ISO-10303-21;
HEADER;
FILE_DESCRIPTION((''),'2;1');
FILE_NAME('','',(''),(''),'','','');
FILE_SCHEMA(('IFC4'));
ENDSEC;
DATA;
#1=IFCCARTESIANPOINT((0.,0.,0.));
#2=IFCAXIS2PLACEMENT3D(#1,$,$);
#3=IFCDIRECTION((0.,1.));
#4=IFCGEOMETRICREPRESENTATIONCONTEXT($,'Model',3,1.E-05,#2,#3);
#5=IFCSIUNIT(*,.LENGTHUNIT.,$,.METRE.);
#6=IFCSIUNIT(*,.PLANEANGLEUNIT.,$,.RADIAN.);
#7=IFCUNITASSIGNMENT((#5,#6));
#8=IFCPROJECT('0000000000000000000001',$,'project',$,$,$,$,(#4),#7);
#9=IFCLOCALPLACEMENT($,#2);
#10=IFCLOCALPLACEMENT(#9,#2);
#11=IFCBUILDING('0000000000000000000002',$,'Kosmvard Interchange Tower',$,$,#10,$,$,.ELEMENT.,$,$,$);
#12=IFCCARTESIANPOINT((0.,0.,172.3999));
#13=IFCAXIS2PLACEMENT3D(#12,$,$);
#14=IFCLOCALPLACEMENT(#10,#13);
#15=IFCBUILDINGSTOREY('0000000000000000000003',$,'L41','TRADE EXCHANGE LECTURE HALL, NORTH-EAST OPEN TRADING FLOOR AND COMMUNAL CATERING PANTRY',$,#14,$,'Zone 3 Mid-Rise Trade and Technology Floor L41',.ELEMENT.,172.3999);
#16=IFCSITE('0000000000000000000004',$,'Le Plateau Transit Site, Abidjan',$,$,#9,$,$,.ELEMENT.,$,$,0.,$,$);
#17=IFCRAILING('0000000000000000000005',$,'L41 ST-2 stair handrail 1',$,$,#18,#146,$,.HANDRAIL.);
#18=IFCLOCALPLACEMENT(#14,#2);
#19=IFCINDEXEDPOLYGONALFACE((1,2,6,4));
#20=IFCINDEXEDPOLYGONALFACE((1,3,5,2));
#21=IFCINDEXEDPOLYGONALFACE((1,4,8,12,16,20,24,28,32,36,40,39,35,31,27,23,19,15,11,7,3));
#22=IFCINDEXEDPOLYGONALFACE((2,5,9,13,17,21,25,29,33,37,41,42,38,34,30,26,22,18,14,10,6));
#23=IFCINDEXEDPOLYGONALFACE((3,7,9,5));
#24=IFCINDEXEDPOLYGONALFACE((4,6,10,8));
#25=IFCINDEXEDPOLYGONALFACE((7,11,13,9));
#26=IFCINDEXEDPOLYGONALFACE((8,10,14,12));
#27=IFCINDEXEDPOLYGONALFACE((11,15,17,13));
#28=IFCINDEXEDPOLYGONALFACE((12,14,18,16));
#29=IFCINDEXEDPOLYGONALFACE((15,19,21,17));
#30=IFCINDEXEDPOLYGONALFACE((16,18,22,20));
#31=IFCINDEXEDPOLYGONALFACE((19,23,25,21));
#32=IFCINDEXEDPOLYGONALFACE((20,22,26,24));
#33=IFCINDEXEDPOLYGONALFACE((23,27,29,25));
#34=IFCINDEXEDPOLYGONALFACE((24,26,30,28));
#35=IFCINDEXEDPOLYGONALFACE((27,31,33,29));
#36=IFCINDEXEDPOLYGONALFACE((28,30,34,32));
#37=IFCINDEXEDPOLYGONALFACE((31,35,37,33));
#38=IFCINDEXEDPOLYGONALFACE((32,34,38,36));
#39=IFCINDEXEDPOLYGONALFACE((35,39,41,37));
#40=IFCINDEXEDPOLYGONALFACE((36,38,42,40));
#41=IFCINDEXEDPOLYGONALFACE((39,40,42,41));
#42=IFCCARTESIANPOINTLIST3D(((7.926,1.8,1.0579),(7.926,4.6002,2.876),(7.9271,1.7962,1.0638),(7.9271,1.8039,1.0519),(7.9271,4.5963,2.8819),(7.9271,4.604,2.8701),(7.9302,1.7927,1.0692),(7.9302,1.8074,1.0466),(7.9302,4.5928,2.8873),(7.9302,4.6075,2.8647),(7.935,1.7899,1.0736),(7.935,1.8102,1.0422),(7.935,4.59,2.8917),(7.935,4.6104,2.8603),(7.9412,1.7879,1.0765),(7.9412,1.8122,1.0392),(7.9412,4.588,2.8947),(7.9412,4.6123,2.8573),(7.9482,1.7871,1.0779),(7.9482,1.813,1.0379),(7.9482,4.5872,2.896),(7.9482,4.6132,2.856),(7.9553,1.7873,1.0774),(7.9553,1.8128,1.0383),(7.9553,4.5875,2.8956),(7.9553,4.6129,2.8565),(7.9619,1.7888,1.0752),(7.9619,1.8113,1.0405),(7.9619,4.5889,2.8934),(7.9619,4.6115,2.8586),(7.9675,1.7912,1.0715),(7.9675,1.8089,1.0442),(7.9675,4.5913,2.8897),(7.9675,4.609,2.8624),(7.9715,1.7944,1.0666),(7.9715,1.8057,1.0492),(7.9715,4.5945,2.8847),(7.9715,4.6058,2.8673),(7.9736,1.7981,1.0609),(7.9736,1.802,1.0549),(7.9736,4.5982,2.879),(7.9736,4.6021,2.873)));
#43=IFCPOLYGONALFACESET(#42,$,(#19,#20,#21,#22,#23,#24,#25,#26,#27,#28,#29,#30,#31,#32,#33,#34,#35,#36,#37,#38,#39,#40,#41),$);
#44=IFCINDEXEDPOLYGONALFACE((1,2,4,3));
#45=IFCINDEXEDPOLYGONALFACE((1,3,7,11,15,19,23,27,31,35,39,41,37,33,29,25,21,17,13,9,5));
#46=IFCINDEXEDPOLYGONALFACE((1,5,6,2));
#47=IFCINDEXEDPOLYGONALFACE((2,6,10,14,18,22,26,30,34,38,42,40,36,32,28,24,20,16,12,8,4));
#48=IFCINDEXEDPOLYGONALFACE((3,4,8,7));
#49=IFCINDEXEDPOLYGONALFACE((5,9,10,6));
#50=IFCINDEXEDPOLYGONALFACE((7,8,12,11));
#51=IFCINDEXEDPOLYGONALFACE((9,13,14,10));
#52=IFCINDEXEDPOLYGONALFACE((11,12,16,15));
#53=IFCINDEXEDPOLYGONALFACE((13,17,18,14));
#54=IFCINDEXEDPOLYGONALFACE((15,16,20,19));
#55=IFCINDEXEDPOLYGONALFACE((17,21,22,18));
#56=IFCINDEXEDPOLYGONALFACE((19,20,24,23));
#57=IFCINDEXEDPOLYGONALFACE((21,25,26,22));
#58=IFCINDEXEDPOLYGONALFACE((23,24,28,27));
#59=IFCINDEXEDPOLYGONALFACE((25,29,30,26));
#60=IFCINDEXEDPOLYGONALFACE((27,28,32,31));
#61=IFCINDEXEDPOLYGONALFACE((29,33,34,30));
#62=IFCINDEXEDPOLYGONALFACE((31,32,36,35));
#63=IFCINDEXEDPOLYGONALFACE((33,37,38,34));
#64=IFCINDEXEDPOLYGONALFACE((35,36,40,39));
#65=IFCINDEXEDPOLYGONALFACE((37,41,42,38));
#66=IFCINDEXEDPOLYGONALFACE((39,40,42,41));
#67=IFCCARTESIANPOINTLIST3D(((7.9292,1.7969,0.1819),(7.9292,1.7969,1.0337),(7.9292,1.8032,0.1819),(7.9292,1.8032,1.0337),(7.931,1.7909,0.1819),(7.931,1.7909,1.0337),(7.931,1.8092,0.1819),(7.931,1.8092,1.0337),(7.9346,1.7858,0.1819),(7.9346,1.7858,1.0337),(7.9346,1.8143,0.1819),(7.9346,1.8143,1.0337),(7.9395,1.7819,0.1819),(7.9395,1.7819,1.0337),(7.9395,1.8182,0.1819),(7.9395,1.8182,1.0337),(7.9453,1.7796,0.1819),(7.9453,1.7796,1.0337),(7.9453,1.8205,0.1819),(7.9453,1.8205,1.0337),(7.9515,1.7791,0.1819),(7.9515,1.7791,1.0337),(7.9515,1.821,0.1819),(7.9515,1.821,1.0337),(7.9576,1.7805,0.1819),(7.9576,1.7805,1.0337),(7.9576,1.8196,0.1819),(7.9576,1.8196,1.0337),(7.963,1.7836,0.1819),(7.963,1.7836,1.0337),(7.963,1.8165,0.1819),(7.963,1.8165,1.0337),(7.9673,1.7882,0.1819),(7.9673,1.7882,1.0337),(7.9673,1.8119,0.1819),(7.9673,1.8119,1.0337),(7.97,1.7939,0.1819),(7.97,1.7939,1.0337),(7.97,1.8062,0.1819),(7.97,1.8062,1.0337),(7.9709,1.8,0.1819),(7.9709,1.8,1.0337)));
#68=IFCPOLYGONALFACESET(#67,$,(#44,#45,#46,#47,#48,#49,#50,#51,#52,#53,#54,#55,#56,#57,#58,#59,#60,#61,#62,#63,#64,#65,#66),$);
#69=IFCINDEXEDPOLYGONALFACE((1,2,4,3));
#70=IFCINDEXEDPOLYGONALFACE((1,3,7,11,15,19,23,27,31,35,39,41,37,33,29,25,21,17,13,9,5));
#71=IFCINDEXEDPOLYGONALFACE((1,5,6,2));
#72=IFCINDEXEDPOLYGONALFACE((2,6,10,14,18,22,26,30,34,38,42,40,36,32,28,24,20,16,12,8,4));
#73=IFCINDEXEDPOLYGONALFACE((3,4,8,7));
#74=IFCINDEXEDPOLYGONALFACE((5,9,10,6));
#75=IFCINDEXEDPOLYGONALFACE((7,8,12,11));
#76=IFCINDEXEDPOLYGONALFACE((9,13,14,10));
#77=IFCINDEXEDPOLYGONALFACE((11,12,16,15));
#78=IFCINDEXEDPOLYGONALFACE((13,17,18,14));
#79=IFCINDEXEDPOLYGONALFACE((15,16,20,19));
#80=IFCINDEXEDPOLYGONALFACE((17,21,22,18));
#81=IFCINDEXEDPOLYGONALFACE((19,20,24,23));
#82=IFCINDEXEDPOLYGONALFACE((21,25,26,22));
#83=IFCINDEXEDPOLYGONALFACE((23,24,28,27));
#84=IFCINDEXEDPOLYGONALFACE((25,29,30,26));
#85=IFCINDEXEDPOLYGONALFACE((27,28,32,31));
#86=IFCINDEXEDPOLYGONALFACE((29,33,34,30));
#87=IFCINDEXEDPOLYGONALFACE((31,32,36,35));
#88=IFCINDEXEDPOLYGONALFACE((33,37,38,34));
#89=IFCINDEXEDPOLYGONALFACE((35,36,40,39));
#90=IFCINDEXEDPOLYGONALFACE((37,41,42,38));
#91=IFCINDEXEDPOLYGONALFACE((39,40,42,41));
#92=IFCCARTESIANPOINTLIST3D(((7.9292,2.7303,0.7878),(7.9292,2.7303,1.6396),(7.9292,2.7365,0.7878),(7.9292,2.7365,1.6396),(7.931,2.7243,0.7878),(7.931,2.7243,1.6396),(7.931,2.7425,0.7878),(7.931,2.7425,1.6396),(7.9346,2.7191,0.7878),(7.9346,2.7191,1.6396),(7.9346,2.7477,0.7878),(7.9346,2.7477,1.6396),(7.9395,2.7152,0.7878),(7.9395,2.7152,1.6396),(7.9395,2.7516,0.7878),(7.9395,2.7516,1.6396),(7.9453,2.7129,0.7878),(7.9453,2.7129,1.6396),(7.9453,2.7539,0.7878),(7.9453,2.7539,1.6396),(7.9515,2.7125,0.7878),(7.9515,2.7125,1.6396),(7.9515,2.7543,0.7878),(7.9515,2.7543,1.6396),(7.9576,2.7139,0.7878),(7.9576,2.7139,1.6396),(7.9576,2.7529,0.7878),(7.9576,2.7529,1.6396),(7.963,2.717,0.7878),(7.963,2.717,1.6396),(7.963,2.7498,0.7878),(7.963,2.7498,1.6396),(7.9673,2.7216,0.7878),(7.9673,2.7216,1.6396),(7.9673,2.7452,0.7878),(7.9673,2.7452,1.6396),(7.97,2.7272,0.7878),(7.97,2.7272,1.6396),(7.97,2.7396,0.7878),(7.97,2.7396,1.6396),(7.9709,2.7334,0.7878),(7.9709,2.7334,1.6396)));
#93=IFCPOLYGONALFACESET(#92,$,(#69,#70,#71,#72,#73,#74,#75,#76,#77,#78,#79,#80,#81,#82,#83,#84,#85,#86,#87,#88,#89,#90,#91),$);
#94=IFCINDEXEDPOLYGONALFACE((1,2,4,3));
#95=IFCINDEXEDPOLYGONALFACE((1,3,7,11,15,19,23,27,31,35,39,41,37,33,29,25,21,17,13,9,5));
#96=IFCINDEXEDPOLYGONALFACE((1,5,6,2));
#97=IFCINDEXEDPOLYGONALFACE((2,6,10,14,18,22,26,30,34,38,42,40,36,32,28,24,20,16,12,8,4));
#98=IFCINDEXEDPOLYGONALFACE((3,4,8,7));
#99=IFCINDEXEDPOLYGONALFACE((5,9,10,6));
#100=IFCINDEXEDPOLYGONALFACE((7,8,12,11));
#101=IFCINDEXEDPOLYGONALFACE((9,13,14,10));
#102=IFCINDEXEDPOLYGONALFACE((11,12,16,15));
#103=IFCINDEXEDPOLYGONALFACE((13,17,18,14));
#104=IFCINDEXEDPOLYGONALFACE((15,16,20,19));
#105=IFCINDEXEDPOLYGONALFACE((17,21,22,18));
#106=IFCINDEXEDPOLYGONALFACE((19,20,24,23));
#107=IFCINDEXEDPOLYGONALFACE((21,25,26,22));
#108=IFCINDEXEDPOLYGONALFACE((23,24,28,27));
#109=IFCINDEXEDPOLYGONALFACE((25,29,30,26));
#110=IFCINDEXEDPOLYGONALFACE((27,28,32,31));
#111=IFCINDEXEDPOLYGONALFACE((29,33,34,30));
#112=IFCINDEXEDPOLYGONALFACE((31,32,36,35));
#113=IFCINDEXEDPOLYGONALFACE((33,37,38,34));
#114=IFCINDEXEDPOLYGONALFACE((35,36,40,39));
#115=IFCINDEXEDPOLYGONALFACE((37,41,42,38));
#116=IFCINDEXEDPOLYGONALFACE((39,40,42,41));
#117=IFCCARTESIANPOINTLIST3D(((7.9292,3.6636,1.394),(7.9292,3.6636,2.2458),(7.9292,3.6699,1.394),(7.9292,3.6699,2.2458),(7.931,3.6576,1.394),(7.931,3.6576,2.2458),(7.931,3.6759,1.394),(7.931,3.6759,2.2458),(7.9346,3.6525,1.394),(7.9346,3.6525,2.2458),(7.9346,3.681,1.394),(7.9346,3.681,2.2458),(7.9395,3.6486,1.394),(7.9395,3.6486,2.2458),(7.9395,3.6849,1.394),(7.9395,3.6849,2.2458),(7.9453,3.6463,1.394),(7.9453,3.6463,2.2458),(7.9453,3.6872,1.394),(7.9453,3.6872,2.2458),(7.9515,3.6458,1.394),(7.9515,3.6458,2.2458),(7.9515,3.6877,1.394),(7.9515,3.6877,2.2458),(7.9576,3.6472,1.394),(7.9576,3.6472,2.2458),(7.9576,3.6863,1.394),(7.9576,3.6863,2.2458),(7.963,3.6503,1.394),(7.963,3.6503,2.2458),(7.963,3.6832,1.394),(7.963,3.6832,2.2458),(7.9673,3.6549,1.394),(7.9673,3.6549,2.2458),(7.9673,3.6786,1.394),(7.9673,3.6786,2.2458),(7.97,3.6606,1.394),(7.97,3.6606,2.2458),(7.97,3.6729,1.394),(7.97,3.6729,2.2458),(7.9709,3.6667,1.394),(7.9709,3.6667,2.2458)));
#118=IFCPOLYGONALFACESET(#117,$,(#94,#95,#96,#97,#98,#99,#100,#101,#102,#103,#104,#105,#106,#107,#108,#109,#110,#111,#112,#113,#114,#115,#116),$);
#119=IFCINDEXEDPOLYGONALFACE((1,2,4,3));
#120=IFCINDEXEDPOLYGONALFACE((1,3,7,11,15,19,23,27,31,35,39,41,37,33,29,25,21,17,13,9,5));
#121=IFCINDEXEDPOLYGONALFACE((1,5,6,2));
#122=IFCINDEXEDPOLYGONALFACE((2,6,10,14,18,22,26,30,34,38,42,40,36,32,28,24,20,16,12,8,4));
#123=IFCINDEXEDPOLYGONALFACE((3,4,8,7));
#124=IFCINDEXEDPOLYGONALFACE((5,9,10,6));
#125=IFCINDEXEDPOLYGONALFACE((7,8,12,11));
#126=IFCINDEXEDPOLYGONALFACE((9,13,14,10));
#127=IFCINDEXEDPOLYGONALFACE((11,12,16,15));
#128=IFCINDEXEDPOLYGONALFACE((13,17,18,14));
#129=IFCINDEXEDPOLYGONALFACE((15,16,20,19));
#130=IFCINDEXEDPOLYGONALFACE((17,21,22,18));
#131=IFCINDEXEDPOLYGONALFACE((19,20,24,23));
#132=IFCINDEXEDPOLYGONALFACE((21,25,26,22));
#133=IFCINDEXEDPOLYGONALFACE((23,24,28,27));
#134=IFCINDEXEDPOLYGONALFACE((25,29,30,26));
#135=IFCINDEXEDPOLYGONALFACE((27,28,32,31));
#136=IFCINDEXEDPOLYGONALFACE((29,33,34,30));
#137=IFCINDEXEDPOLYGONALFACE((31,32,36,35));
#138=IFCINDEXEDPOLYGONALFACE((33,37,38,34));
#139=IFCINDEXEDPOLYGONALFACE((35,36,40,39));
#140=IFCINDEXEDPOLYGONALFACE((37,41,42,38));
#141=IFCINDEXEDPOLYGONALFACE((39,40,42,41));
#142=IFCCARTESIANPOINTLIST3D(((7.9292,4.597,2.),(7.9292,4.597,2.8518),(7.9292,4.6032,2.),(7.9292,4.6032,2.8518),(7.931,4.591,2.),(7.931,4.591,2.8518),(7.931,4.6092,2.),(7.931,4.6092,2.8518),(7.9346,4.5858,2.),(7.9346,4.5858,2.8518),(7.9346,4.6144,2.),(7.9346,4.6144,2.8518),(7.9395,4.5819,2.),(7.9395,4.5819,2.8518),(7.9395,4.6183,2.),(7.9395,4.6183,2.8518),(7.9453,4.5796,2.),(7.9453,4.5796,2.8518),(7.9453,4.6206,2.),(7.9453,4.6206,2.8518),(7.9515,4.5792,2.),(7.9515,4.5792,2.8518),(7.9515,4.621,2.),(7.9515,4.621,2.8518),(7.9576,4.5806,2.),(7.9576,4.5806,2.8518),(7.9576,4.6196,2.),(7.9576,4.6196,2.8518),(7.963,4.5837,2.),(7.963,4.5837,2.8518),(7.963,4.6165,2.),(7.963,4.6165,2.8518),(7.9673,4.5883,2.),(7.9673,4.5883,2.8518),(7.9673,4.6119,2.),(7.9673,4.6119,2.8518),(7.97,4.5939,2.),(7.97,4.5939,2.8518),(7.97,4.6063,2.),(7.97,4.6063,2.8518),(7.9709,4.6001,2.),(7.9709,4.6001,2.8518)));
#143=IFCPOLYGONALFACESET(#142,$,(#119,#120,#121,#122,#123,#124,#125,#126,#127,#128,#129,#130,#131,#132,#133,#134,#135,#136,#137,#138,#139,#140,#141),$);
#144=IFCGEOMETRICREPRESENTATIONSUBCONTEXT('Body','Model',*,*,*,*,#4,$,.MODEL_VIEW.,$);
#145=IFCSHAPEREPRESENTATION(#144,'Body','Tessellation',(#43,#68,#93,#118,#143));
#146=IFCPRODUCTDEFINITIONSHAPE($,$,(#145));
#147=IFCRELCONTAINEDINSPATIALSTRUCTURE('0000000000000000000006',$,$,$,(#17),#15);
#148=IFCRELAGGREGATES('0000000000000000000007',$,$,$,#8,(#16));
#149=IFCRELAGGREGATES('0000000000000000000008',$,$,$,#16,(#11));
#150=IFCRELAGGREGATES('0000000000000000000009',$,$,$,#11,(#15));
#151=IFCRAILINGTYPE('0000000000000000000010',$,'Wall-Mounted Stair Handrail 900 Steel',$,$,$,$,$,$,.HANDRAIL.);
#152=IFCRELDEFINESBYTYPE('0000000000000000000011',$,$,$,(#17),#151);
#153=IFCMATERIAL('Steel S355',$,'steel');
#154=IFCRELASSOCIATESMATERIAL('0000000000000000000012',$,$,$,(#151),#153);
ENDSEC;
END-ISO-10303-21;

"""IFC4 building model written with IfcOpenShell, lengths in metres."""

from ifc_helpers import new_model, si_unit, direction, frame, origin, origin_2d, place, context, subcontext, project, spatial, circle, extrude, source, transform, mapped, material, type_object, element, save


model = new_model("IFC4")

# Units and contexts
model_context = context("Model", 3, precision=1e-05, world=origin(), true_north=direction((0.0, 1.0)))
body_context = subcontext(model_context, "Body", "Model", "MODEL_VIEW")
ifc_project = project(units=[si_unit("LENGTHUNIT", "METRE"), si_unit("PLANEANGLEUNIT", "RADIAN")], contexts=[model_context])

# Site, building, storey
site_placement = place(None, origin())
site = spatial("IfcSite", under=ifc_project, at=site_placement, Name="Le Plateau Transit Site, Abidjan", CompositionType="ELEMENT", RefElevation=0.0)
building_placement = place(site_placement, origin())
building = spatial("IfcBuilding", under=site, at=building_placement, Name="Kosmvard Interchange Tower", CompositionType="ELEMENT")
storey_placement = place(building_placement, frame((0.0, 0.0, 172.3999)))
storey = spatial("IfcBuildingStorey", under=building, at=storey_placement, Name="L41", Description="TRADE EXCHANGE LECTURE HALL, NORTH-EAST OPEN TRADING FLOOR AND COMMUNAL CATERING PANTRY", LongName="Zone 3 Mid-Rise Trade and Technology Floor L41", CompositionType="ELEMENT", Elevation=172.3999)

# Railing
ifc_material_1 = material(Name="Steel S355", Category="steel")
railing_type_1 = type_object("IfcRailingType", Name="Wall-Mounted Stair Handrail 900 Steel", PredefinedType="HANDRAIL", material=ifc_material_1)
shared_shape_1 = source(origin(), body_context, "Body", "SweptSolid", [
    extrude(circle(Radius=0.0239, at=origin_2d()), frame((0.0, 0.0, 0.876), z_axis=(0.0, 0.838706, 0.544585), x_axis=(-1.0, 0.0, 0.0)), (0.0, 0.0, 1.0), 3.3386),
    extrude(circle(Radius=0.021, at=origin_2d()), origin(), (0.0, 0.0, 1.0), 0.8518),
    extrude(circle(Radius=0.021, at=origin_2d()), frame((0.0, 0.9333, 0.606)), (0.0, 0.0, 1.0), 0.8518),
    extrude(circle(Radius=0.021, at=origin_2d()), frame((0.0, 1.8667, 1.2122)), (0.0, 0.0, 1.0), 0.8518),
    extrude(circle(Radius=0.021, at=origin_2d()), frame((0.0, 2.8, 1.8181)), (0.0, 0.0, 1.0), 0.8518),
])
railing_1_placement = place(storey_placement, frame((7.95, 1.8, 0.1819)))
element("IfcRailing", 1, at=railing_1_placement, inside=storey, type_object=railing_type_1, Name="L41 ST-2 stair handrail 1", PredefinedType="HANDRAIL", context=body_context, shape_type="MappedRepresentation", body=[
    mapped(shared_shape_1, transform((0.0, 0.0, 0.0), scale=1.0)),
])

save(model, "model.ifc")
